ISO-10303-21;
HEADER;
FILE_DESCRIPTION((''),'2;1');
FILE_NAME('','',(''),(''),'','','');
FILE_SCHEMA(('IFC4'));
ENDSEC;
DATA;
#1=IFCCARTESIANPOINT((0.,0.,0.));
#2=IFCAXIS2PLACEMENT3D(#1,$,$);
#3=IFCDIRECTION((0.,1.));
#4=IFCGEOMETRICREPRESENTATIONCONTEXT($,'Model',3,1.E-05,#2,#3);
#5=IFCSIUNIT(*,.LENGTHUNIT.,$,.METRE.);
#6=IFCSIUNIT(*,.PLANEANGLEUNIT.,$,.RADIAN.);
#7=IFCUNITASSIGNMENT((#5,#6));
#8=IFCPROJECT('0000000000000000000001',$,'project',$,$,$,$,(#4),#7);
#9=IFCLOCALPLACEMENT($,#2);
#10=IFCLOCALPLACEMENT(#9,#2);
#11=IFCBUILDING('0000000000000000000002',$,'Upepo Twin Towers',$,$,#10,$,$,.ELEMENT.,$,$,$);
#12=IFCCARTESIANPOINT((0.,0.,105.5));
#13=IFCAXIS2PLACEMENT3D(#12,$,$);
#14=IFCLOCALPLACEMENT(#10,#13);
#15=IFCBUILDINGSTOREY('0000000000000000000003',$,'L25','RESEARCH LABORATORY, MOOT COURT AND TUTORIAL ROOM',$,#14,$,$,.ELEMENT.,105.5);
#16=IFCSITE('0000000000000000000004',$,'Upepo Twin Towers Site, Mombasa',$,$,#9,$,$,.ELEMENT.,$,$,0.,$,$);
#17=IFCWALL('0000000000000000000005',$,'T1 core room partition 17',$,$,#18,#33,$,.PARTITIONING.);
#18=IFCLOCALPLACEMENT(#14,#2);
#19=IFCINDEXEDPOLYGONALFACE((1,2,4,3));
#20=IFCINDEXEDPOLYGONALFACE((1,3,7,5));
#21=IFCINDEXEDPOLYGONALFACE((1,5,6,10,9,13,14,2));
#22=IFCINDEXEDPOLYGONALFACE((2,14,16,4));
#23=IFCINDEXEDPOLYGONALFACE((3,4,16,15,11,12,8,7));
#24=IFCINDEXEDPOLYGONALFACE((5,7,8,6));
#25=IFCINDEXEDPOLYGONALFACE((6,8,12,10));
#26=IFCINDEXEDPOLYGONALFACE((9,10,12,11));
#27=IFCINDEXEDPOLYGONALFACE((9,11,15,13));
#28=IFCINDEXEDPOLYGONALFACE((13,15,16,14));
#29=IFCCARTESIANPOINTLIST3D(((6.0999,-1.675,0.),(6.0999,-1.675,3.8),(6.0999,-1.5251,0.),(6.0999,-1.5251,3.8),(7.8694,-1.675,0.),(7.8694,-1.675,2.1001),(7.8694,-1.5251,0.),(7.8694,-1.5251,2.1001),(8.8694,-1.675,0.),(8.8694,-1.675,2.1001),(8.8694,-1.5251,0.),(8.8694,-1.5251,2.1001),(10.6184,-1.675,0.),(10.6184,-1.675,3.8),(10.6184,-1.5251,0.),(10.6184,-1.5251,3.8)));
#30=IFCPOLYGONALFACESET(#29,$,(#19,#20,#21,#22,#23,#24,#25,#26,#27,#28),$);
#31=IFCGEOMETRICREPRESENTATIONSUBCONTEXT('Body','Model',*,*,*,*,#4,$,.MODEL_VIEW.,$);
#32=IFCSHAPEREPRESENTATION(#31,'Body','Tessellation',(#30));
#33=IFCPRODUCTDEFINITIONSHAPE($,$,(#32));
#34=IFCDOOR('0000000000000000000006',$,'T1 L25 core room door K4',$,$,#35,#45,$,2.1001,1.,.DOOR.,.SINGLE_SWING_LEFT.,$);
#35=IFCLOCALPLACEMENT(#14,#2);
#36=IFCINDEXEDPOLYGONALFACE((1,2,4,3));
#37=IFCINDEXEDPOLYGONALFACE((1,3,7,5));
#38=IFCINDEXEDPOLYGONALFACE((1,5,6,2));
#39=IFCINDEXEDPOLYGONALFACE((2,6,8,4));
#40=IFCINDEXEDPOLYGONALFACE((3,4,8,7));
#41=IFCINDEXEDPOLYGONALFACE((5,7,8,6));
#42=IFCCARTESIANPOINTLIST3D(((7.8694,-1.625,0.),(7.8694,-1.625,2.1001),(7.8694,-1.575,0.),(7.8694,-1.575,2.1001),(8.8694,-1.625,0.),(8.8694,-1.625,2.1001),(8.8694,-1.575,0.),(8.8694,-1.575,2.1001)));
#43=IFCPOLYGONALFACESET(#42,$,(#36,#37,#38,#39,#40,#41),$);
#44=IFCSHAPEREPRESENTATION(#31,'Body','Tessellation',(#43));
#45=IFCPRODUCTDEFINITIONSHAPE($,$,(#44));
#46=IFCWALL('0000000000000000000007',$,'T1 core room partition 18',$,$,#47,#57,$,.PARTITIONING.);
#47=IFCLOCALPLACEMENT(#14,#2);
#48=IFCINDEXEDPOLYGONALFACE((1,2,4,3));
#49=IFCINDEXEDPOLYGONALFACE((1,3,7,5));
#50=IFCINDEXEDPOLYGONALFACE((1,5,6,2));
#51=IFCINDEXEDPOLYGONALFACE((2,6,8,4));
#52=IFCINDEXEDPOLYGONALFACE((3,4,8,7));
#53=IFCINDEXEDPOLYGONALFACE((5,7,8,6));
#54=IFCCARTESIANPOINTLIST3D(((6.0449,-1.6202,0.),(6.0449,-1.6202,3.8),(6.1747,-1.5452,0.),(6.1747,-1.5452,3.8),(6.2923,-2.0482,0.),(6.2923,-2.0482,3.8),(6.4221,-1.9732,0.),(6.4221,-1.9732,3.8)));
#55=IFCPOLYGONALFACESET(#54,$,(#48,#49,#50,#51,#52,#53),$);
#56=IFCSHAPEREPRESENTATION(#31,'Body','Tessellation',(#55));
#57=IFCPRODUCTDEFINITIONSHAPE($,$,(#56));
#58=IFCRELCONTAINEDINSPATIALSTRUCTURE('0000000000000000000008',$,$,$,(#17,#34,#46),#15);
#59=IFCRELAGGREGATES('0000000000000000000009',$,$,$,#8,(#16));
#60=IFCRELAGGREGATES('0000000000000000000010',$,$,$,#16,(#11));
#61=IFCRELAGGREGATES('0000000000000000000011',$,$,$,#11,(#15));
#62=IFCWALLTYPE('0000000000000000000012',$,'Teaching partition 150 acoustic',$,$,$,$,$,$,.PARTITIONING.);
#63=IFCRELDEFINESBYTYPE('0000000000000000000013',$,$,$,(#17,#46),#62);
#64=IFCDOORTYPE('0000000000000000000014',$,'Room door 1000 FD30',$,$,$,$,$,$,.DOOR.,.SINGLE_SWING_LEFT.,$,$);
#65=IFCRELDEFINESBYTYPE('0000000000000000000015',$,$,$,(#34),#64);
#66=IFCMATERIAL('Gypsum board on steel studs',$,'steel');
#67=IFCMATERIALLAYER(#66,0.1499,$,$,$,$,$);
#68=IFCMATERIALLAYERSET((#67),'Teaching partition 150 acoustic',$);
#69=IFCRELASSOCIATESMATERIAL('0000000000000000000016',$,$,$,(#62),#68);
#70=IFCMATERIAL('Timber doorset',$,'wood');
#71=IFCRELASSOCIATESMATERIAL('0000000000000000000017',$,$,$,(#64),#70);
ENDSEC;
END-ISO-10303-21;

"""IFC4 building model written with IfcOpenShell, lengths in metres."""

from ifc_helpers import new_model, si_unit, direction, frame, frame_2d, origin, place, context, subcontext, project, spatial, rectangle, extrude, material, layer, layer_set, type_object, element, fill, save


model = new_model("IFC4")

# Units and contexts
model_context = context("Model", 3, precision=1e-05, world=origin(), true_north=direction((0.0, 1.0)))
body_context = subcontext(model_context, "Body", "Model", "MODEL_VIEW")
ifc_project = project(units=[si_unit("LENGTHUNIT", "METRE"), si_unit("PLANEANGLEUNIT", "RADIAN")], contexts=[model_context])

# Site, building, storey
site_placement = place(None, origin())
site = spatial("IfcSite", under=ifc_project, at=site_placement, Name="Upepo Twin Towers Site, Mombasa", CompositionType="ELEMENT", RefElevation=0.0)
building_placement = place(site_placement, origin())
building = spatial("IfcBuilding", under=site, at=building_placement, Name="Upepo Twin Towers", CompositionType="ELEMENT")
storey_placement = place(building_placement, frame((0.0, 0.0, 105.5)))
storey = spatial("IfcBuildingStorey", under=building, at=storey_placement, Name="L25", Description="RESEARCH LABORATORY, MOOT COURT AND TUTORIAL ROOM", CompositionType="ELEMENT", Elevation=105.5)

# Shared definitions
ifc_material_1 = material(Name="Gypsum board on steel studs", Category="steel")
ifc_layer_1 = layer(ifc_material_1, 0.1499)
ifc_layer_set_1 = layer_set([ifc_layer_1], Name="Teaching partition 150 acoustic")
wall_type_1 = type_object("IfcWallType", Name="Teaching partition 150 acoustic", PredefinedType="PARTITIONING", material=ifc_layer_set_1)

# Wall, opening, door
wall_1_placement = place(storey_placement, frame((10.6184, -1.6001, 0.0), z_axis=(0.0, 0.0, 1.0), x_axis=(-1.0, 0.0, 0.0)))
wall_1 = element("IfcWall", 1, at=wall_1_placement, inside=storey, type_object=wall_type_1, Name="T1 core room partition 17", PredefinedType="PARTITIONING", context=body_context, shape_type="SweptSolid", body=[
    extrude(rectangle(XDim=4.5186, YDim=0.1499, at=frame_2d((2.2593, 0.0))), origin(), (0.0, 0.0, 1.0), 3.8),
])
opening_1_placement = place(wall_1_placement, frame((1.749, 0.0, 0.0)))
opening_1 = element("IfcOpeningElement", 2, at=opening_1_placement, cuts=wall_1, PredefinedType="OPENING", context=body_context, shape_type="SweptSolid", body=[
    extrude(rectangle(XDim=1.0, YDim=2.1001, at=frame_2d((0.5, 1.05))), frame((0.0, 0.085, 0.0), z_axis=(0.0, -1.0, 0.0), x_axis=(1.0, 0.0, 0.0)), (0.0, 0.0, 1.0), 0.1699),
])
ifc_material_2 = material(Name="Timber doorset", Category="wood")
door_type_1 = type_object("IfcDoorType", Name="Room door 1000 FD30", OperationType="SINGLE_SWING_LEFT", PredefinedType="DOOR", material=ifc_material_2)
door_1_placement = place(opening_1_placement, origin())
door_1 = element("IfcDoor", 3, at=door_1_placement, inside=storey, type_object=door_type_1, Name="T1 L25 core room door K4", OperationType="SINGLE_SWING_LEFT", OverallHeight=2.1001, OverallWidth=1.0, PredefinedType="DOOR", context=body_context, shape_type="SweptSolid", body=[
    extrude(rectangle(XDim=1.0, YDim=2.1001, at=frame_2d((0.5, 1.05))), frame((0.0, 0.0249, 0.0), z_axis=(0.0, -1.0, 0.0), x_axis=(1.0, 0.0, 0.0)), (0.0, 0.0, 1.0), 0.05),
])
fill(opening_1, door_1)

# Wall
wall_2_placement = place(storey_placement, frame((6.1099, -1.5828, 0.0), z_axis=(0.0, 0.0, 1.0), x_axis=(0.500335, -0.865832, 0.0)))
element("IfcWall", 4, at=wall_2_placement, inside=storey, type_object=wall_type_1, Name="T1 core room partition 18", PredefinedType="PARTITIONING", context=body_context, shape_type="SweptSolid", body=[
    extrude(rectangle(XDim=0.4944, YDim=0.1499, at=frame_2d((0.2471, 0.0))), origin(), (0.0, 0.0, 1.0), 3.8),
])

save(model, "model.ifc")
